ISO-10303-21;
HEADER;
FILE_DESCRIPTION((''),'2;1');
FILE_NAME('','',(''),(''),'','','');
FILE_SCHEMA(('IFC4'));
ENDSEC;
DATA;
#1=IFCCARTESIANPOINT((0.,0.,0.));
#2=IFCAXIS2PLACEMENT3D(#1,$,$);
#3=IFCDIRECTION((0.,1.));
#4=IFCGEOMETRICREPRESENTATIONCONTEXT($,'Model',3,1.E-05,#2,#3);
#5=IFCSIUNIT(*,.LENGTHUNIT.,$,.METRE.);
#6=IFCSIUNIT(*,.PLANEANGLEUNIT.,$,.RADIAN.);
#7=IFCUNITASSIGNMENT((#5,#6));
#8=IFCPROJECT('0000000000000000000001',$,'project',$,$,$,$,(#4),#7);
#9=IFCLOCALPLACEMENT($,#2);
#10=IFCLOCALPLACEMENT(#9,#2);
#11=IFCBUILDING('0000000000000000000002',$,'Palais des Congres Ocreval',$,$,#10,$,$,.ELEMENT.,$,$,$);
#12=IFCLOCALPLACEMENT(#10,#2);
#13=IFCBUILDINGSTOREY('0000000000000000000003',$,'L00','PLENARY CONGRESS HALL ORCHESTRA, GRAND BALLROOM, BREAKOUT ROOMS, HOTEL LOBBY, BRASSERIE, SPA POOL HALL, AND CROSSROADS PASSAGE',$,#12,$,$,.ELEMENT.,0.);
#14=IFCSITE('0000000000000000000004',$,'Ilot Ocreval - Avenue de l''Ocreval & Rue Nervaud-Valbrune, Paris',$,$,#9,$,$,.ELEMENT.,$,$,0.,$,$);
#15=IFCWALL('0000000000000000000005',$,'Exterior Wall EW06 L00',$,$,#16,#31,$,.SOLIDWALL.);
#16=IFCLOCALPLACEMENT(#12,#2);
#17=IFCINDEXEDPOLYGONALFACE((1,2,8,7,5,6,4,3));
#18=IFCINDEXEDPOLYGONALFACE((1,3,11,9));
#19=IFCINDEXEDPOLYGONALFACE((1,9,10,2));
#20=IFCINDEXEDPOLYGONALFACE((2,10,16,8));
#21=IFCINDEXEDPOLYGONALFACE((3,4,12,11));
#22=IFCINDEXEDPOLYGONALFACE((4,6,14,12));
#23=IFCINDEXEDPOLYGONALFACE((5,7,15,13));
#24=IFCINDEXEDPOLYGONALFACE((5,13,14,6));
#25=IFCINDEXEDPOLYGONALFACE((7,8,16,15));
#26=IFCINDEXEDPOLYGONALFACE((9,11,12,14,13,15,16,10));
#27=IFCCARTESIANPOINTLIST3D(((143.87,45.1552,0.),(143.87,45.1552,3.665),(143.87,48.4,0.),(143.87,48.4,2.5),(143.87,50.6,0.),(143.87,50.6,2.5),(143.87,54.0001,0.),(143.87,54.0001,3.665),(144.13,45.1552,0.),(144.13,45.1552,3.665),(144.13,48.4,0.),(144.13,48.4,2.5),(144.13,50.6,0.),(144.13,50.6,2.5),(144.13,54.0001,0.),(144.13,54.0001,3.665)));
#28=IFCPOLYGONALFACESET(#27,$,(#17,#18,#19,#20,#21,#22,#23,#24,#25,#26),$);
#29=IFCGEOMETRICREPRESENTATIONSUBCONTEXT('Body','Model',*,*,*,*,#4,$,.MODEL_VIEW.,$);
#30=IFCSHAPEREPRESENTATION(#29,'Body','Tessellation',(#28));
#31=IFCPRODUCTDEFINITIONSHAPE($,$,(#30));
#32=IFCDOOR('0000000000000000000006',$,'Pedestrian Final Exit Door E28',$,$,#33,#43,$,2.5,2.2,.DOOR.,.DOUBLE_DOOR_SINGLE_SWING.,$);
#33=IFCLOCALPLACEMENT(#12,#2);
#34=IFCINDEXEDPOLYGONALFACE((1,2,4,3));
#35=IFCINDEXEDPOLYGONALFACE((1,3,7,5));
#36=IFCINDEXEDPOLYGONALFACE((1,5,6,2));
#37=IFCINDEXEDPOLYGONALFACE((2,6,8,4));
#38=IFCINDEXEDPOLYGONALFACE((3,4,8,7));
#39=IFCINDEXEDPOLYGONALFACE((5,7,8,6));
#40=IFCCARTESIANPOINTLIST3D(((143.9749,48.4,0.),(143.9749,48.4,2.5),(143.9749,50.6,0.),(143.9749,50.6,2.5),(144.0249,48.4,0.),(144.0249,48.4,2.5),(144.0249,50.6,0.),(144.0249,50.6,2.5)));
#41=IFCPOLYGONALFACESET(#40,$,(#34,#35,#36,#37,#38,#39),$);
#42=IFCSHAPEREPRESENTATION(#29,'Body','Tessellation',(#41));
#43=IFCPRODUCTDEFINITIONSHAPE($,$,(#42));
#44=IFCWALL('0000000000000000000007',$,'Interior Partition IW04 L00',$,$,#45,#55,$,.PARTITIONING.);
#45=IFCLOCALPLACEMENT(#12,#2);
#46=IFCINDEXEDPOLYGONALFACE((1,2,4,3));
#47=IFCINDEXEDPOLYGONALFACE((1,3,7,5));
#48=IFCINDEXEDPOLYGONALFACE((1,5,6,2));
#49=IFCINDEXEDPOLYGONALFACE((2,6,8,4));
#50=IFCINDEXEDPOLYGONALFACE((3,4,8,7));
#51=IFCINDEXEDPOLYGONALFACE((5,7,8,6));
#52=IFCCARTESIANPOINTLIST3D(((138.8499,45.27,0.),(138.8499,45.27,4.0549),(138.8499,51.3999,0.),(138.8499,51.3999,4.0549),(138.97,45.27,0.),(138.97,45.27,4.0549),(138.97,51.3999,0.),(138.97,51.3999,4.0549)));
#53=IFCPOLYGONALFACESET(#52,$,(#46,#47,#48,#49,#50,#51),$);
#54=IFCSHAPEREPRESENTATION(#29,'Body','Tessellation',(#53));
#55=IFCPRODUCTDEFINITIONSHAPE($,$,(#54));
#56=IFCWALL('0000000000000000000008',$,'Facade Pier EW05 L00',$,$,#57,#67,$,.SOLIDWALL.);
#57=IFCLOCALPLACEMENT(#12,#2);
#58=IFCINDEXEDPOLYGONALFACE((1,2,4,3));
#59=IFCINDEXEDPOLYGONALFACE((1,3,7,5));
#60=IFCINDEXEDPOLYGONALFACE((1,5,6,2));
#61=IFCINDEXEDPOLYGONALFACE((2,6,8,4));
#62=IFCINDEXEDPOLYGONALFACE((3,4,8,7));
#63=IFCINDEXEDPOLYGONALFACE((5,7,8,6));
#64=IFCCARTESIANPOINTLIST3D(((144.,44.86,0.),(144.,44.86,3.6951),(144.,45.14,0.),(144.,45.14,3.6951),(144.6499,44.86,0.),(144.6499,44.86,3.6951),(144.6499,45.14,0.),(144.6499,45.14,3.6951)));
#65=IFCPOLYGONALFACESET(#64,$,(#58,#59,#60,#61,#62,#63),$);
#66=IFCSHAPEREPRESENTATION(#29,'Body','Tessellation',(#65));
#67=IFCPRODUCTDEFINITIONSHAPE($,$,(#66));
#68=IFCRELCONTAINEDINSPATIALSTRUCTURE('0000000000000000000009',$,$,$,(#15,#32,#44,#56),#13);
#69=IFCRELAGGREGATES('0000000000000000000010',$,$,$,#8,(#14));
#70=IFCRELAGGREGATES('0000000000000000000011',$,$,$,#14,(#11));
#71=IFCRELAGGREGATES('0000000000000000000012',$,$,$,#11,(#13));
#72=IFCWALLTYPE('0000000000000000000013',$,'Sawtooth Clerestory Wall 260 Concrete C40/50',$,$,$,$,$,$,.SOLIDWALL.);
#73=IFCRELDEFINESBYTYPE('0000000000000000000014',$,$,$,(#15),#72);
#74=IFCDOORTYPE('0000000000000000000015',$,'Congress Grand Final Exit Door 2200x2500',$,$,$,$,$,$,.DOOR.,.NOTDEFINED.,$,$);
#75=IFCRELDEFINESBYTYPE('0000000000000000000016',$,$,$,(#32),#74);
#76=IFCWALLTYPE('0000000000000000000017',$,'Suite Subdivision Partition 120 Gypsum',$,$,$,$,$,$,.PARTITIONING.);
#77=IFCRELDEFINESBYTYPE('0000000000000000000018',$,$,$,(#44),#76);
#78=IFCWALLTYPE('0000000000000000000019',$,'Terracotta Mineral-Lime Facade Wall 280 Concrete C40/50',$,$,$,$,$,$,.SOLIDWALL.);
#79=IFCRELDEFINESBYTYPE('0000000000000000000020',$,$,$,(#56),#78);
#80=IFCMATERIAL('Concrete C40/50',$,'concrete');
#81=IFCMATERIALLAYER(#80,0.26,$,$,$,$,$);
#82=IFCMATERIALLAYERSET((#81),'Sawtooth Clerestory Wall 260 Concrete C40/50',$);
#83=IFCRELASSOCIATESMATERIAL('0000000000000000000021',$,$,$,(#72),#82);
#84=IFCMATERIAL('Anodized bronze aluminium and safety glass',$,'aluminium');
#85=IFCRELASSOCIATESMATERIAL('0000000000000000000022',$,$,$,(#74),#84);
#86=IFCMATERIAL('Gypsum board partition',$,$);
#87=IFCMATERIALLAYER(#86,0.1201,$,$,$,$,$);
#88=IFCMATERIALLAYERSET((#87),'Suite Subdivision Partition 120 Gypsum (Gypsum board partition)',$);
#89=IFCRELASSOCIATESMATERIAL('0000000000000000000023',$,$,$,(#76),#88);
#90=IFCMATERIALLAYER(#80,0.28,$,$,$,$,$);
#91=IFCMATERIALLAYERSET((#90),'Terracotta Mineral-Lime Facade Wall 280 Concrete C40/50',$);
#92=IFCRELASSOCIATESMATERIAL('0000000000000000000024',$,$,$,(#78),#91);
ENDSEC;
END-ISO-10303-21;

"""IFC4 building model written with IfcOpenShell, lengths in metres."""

from ifc_helpers import new_model, si_unit, direction, frame, frame_2d, origin, place, context, subcontext, project, spatial, rectangle, extrude, material, layer, layer_set, type_object, element, fill, save


model = new_model("IFC4")

# Units and contexts
model_context = context("Model", 3, precision=1e-05, world=origin(), true_north=direction((0.0, 1.0)))
body_context = subcontext(model_context, "Body", "Model", "MODEL_VIEW")
ifc_project = project(units=[si_unit("LENGTHUNIT", "METRE"), si_unit("PLANEANGLEUNIT", "RADIAN")], contexts=[model_context])

# Site, building, storey
site_placement = place(None, origin())
site = spatial("IfcSite", under=ifc_project, at=site_placement, Name="Ilot Ocreval - Avenue de l'Ocreval & Rue Nervaud-Valbrune, Paris", CompositionType="ELEMENT", RefElevation=0.0)
building_placement = place(site_placement, origin())
building = spatial("IfcBuilding", under=site, at=building_placement, Name="Palais des Congres Ocreval", CompositionType="ELEMENT")
storey_placement = place(building_placement, origin())
storey = spatial("IfcBuildingStorey", under=building, at=storey_placement, Name="L00", Description="PLENARY CONGRESS HALL ORCHESTRA, GRAND BALLROOM, BREAKOUT ROOMS, HOTEL LOBBY, BRASSERIE, SPA POOL HALL, AND CROSSROADS PASSAGE", CompositionType="ELEMENT", Elevation=0.0)

# Shared definitions
ifc_material_1 = material(Name="Concrete C40/50", Category="concrete")

# Wall, opening, door
ifc_layer_1 = layer(ifc_material_1, 0.26)
ifc_layer_set_1 = layer_set([ifc_layer_1], Name="Sawtooth Clerestory Wall 260 Concrete C40/50")
wall_type_1 = type_object("IfcWallType", Name="Sawtooth Clerestory Wall 260 Concrete C40/50", PredefinedType="SOLIDWALL", material=ifc_layer_set_1)
wall_1_placement = place(storey_placement, frame((144.0, 54.0, 0.0), z_axis=(0.0, 0.0, 1.0), x_axis=(0.0, -1.0, 0.0)))
wall_1 = element("IfcWall", 1, at=wall_1_placement, inside=storey, type_object=wall_type_1, Name="Exterior Wall EW06 L00", PredefinedType="SOLIDWALL", context=body_context, shape_type="SweptSolid", body=[
    extrude(rectangle(XDim=8.845, YDim=0.26, at=frame_2d((4.4224, 0.0))), origin(), (0.0, 0.0, 1.0), 3.665),
])
opening_1_placement = place(wall_1_placement, frame((3.3999, 0.0, 0.0)))
opening_1 = element("IfcOpeningElement", 2, at=opening_1_placement, cuts=wall_1, PredefinedType="OPENING", context=body_context, shape_type="SweptSolid", body=[
    extrude(rectangle(XDim=2.2, YDim=2.5, at=frame_2d((1.1001, 1.25))), frame((0.0, 0.1399, 0.0), z_axis=(0.0, -1.0, 0.0), x_axis=(1.0, 0.0, 0.0)), (0.0, 0.0, 1.0), 0.28),
])
ifc_material_2 = material(Name="Anodized bronze aluminium and safety glass", Category="aluminium")
door_type_1 = type_object("IfcDoorType", Name="Congress Grand Final Exit Door 2200x2500", OperationType="NOTDEFINED", PredefinedType="DOOR", material=ifc_material_2)
door_1_placement = place(opening_1_placement, origin())
door_1 = element("IfcDoor", 3, at=door_1_placement, inside=storey, type_object=door_type_1, Name="Pedestrian Final Exit Door E28", OperationType="DOUBLE_DOOR_SINGLE_SWING", OverallHeight=2.5, OverallWidth=2.2, PredefinedType="DOOR", context=body_context, shape_type="SweptSolid", body=[
    extrude(rectangle(XDim=2.2, YDim=2.5, at=frame_2d((1.1001, 1.25))), frame((0.0, 0.0249, 0.0), z_axis=(0.0, -1.0, 0.0), x_axis=(1.0, 0.0, 0.0)), (0.0, 0.0, 1.0), 0.05),
])
fill(opening_1, door_1)

# Walls
ifc_material_3 = material(Name="Gypsum board partition")
ifc_layer_2 = layer(ifc_material_3, 0.1201)
ifc_layer_set_2 = layer_set([ifc_layer_2], Name="Suite Subdivision Partition 120 Gypsum (Gypsum board partition)")
wall_type_2 = type_object("IfcWallType", Name="Suite Subdivision Partition 120 Gypsum", PredefinedType="PARTITIONING", material=ifc_layer_set_2)
wall_2_placement = place(storey_placement, frame((138.9099, 45.27, 0.0), z_axis=(0.0, 0.0, 1.0), x_axis=(0.0, 1.0, 0.0)))
element("IfcWall", 4, at=wall_2_placement, inside=storey, type_object=wall_type_2, Name="Interior Partition IW04 L00", PredefinedType="PARTITIONING", context=body_context, shape_type="SweptSolid", body=[
    extrude(rectangle(XDim=6.1299, YDim=0.1201, at=frame_2d((3.0649, 0.0))), origin(), (0.0, 0.0, 1.0), 4.0549),
])
ifc_layer_3 = layer(ifc_material_1, 0.28)
ifc_layer_set_3 = layer_set([ifc_layer_3], Name="Terracotta Mineral-Lime Facade Wall 280 Concrete C40/50")
wall_type_3 = type_object("IfcWallType", Name="Terracotta Mineral-Lime Facade Wall 280 Concrete C40/50", PredefinedType="SOLIDWALL", material=ifc_layer_set_3)
wall_3_placement = place(storey_placement, frame((144.0, 45.0, 0.0), z_axis=(0.0, 0.0, 1.0), x_axis=(1.0, 0.0, 0.0)))
element("IfcWall", 5, at=wall_3_placement, inside=storey, type_object=wall_type_3, Name="Facade Pier EW05 L00", PredefinedType="SOLIDWALL", context=body_context, shape_type="SweptSolid", body=[
    extrude(rectangle(XDim=0.6499, YDim=0.28, at=frame_2d((0.325, 0.0))), origin(), (0.0, 0.0, 1.0), 3.6951),
])

save(model, "model.ifc")
